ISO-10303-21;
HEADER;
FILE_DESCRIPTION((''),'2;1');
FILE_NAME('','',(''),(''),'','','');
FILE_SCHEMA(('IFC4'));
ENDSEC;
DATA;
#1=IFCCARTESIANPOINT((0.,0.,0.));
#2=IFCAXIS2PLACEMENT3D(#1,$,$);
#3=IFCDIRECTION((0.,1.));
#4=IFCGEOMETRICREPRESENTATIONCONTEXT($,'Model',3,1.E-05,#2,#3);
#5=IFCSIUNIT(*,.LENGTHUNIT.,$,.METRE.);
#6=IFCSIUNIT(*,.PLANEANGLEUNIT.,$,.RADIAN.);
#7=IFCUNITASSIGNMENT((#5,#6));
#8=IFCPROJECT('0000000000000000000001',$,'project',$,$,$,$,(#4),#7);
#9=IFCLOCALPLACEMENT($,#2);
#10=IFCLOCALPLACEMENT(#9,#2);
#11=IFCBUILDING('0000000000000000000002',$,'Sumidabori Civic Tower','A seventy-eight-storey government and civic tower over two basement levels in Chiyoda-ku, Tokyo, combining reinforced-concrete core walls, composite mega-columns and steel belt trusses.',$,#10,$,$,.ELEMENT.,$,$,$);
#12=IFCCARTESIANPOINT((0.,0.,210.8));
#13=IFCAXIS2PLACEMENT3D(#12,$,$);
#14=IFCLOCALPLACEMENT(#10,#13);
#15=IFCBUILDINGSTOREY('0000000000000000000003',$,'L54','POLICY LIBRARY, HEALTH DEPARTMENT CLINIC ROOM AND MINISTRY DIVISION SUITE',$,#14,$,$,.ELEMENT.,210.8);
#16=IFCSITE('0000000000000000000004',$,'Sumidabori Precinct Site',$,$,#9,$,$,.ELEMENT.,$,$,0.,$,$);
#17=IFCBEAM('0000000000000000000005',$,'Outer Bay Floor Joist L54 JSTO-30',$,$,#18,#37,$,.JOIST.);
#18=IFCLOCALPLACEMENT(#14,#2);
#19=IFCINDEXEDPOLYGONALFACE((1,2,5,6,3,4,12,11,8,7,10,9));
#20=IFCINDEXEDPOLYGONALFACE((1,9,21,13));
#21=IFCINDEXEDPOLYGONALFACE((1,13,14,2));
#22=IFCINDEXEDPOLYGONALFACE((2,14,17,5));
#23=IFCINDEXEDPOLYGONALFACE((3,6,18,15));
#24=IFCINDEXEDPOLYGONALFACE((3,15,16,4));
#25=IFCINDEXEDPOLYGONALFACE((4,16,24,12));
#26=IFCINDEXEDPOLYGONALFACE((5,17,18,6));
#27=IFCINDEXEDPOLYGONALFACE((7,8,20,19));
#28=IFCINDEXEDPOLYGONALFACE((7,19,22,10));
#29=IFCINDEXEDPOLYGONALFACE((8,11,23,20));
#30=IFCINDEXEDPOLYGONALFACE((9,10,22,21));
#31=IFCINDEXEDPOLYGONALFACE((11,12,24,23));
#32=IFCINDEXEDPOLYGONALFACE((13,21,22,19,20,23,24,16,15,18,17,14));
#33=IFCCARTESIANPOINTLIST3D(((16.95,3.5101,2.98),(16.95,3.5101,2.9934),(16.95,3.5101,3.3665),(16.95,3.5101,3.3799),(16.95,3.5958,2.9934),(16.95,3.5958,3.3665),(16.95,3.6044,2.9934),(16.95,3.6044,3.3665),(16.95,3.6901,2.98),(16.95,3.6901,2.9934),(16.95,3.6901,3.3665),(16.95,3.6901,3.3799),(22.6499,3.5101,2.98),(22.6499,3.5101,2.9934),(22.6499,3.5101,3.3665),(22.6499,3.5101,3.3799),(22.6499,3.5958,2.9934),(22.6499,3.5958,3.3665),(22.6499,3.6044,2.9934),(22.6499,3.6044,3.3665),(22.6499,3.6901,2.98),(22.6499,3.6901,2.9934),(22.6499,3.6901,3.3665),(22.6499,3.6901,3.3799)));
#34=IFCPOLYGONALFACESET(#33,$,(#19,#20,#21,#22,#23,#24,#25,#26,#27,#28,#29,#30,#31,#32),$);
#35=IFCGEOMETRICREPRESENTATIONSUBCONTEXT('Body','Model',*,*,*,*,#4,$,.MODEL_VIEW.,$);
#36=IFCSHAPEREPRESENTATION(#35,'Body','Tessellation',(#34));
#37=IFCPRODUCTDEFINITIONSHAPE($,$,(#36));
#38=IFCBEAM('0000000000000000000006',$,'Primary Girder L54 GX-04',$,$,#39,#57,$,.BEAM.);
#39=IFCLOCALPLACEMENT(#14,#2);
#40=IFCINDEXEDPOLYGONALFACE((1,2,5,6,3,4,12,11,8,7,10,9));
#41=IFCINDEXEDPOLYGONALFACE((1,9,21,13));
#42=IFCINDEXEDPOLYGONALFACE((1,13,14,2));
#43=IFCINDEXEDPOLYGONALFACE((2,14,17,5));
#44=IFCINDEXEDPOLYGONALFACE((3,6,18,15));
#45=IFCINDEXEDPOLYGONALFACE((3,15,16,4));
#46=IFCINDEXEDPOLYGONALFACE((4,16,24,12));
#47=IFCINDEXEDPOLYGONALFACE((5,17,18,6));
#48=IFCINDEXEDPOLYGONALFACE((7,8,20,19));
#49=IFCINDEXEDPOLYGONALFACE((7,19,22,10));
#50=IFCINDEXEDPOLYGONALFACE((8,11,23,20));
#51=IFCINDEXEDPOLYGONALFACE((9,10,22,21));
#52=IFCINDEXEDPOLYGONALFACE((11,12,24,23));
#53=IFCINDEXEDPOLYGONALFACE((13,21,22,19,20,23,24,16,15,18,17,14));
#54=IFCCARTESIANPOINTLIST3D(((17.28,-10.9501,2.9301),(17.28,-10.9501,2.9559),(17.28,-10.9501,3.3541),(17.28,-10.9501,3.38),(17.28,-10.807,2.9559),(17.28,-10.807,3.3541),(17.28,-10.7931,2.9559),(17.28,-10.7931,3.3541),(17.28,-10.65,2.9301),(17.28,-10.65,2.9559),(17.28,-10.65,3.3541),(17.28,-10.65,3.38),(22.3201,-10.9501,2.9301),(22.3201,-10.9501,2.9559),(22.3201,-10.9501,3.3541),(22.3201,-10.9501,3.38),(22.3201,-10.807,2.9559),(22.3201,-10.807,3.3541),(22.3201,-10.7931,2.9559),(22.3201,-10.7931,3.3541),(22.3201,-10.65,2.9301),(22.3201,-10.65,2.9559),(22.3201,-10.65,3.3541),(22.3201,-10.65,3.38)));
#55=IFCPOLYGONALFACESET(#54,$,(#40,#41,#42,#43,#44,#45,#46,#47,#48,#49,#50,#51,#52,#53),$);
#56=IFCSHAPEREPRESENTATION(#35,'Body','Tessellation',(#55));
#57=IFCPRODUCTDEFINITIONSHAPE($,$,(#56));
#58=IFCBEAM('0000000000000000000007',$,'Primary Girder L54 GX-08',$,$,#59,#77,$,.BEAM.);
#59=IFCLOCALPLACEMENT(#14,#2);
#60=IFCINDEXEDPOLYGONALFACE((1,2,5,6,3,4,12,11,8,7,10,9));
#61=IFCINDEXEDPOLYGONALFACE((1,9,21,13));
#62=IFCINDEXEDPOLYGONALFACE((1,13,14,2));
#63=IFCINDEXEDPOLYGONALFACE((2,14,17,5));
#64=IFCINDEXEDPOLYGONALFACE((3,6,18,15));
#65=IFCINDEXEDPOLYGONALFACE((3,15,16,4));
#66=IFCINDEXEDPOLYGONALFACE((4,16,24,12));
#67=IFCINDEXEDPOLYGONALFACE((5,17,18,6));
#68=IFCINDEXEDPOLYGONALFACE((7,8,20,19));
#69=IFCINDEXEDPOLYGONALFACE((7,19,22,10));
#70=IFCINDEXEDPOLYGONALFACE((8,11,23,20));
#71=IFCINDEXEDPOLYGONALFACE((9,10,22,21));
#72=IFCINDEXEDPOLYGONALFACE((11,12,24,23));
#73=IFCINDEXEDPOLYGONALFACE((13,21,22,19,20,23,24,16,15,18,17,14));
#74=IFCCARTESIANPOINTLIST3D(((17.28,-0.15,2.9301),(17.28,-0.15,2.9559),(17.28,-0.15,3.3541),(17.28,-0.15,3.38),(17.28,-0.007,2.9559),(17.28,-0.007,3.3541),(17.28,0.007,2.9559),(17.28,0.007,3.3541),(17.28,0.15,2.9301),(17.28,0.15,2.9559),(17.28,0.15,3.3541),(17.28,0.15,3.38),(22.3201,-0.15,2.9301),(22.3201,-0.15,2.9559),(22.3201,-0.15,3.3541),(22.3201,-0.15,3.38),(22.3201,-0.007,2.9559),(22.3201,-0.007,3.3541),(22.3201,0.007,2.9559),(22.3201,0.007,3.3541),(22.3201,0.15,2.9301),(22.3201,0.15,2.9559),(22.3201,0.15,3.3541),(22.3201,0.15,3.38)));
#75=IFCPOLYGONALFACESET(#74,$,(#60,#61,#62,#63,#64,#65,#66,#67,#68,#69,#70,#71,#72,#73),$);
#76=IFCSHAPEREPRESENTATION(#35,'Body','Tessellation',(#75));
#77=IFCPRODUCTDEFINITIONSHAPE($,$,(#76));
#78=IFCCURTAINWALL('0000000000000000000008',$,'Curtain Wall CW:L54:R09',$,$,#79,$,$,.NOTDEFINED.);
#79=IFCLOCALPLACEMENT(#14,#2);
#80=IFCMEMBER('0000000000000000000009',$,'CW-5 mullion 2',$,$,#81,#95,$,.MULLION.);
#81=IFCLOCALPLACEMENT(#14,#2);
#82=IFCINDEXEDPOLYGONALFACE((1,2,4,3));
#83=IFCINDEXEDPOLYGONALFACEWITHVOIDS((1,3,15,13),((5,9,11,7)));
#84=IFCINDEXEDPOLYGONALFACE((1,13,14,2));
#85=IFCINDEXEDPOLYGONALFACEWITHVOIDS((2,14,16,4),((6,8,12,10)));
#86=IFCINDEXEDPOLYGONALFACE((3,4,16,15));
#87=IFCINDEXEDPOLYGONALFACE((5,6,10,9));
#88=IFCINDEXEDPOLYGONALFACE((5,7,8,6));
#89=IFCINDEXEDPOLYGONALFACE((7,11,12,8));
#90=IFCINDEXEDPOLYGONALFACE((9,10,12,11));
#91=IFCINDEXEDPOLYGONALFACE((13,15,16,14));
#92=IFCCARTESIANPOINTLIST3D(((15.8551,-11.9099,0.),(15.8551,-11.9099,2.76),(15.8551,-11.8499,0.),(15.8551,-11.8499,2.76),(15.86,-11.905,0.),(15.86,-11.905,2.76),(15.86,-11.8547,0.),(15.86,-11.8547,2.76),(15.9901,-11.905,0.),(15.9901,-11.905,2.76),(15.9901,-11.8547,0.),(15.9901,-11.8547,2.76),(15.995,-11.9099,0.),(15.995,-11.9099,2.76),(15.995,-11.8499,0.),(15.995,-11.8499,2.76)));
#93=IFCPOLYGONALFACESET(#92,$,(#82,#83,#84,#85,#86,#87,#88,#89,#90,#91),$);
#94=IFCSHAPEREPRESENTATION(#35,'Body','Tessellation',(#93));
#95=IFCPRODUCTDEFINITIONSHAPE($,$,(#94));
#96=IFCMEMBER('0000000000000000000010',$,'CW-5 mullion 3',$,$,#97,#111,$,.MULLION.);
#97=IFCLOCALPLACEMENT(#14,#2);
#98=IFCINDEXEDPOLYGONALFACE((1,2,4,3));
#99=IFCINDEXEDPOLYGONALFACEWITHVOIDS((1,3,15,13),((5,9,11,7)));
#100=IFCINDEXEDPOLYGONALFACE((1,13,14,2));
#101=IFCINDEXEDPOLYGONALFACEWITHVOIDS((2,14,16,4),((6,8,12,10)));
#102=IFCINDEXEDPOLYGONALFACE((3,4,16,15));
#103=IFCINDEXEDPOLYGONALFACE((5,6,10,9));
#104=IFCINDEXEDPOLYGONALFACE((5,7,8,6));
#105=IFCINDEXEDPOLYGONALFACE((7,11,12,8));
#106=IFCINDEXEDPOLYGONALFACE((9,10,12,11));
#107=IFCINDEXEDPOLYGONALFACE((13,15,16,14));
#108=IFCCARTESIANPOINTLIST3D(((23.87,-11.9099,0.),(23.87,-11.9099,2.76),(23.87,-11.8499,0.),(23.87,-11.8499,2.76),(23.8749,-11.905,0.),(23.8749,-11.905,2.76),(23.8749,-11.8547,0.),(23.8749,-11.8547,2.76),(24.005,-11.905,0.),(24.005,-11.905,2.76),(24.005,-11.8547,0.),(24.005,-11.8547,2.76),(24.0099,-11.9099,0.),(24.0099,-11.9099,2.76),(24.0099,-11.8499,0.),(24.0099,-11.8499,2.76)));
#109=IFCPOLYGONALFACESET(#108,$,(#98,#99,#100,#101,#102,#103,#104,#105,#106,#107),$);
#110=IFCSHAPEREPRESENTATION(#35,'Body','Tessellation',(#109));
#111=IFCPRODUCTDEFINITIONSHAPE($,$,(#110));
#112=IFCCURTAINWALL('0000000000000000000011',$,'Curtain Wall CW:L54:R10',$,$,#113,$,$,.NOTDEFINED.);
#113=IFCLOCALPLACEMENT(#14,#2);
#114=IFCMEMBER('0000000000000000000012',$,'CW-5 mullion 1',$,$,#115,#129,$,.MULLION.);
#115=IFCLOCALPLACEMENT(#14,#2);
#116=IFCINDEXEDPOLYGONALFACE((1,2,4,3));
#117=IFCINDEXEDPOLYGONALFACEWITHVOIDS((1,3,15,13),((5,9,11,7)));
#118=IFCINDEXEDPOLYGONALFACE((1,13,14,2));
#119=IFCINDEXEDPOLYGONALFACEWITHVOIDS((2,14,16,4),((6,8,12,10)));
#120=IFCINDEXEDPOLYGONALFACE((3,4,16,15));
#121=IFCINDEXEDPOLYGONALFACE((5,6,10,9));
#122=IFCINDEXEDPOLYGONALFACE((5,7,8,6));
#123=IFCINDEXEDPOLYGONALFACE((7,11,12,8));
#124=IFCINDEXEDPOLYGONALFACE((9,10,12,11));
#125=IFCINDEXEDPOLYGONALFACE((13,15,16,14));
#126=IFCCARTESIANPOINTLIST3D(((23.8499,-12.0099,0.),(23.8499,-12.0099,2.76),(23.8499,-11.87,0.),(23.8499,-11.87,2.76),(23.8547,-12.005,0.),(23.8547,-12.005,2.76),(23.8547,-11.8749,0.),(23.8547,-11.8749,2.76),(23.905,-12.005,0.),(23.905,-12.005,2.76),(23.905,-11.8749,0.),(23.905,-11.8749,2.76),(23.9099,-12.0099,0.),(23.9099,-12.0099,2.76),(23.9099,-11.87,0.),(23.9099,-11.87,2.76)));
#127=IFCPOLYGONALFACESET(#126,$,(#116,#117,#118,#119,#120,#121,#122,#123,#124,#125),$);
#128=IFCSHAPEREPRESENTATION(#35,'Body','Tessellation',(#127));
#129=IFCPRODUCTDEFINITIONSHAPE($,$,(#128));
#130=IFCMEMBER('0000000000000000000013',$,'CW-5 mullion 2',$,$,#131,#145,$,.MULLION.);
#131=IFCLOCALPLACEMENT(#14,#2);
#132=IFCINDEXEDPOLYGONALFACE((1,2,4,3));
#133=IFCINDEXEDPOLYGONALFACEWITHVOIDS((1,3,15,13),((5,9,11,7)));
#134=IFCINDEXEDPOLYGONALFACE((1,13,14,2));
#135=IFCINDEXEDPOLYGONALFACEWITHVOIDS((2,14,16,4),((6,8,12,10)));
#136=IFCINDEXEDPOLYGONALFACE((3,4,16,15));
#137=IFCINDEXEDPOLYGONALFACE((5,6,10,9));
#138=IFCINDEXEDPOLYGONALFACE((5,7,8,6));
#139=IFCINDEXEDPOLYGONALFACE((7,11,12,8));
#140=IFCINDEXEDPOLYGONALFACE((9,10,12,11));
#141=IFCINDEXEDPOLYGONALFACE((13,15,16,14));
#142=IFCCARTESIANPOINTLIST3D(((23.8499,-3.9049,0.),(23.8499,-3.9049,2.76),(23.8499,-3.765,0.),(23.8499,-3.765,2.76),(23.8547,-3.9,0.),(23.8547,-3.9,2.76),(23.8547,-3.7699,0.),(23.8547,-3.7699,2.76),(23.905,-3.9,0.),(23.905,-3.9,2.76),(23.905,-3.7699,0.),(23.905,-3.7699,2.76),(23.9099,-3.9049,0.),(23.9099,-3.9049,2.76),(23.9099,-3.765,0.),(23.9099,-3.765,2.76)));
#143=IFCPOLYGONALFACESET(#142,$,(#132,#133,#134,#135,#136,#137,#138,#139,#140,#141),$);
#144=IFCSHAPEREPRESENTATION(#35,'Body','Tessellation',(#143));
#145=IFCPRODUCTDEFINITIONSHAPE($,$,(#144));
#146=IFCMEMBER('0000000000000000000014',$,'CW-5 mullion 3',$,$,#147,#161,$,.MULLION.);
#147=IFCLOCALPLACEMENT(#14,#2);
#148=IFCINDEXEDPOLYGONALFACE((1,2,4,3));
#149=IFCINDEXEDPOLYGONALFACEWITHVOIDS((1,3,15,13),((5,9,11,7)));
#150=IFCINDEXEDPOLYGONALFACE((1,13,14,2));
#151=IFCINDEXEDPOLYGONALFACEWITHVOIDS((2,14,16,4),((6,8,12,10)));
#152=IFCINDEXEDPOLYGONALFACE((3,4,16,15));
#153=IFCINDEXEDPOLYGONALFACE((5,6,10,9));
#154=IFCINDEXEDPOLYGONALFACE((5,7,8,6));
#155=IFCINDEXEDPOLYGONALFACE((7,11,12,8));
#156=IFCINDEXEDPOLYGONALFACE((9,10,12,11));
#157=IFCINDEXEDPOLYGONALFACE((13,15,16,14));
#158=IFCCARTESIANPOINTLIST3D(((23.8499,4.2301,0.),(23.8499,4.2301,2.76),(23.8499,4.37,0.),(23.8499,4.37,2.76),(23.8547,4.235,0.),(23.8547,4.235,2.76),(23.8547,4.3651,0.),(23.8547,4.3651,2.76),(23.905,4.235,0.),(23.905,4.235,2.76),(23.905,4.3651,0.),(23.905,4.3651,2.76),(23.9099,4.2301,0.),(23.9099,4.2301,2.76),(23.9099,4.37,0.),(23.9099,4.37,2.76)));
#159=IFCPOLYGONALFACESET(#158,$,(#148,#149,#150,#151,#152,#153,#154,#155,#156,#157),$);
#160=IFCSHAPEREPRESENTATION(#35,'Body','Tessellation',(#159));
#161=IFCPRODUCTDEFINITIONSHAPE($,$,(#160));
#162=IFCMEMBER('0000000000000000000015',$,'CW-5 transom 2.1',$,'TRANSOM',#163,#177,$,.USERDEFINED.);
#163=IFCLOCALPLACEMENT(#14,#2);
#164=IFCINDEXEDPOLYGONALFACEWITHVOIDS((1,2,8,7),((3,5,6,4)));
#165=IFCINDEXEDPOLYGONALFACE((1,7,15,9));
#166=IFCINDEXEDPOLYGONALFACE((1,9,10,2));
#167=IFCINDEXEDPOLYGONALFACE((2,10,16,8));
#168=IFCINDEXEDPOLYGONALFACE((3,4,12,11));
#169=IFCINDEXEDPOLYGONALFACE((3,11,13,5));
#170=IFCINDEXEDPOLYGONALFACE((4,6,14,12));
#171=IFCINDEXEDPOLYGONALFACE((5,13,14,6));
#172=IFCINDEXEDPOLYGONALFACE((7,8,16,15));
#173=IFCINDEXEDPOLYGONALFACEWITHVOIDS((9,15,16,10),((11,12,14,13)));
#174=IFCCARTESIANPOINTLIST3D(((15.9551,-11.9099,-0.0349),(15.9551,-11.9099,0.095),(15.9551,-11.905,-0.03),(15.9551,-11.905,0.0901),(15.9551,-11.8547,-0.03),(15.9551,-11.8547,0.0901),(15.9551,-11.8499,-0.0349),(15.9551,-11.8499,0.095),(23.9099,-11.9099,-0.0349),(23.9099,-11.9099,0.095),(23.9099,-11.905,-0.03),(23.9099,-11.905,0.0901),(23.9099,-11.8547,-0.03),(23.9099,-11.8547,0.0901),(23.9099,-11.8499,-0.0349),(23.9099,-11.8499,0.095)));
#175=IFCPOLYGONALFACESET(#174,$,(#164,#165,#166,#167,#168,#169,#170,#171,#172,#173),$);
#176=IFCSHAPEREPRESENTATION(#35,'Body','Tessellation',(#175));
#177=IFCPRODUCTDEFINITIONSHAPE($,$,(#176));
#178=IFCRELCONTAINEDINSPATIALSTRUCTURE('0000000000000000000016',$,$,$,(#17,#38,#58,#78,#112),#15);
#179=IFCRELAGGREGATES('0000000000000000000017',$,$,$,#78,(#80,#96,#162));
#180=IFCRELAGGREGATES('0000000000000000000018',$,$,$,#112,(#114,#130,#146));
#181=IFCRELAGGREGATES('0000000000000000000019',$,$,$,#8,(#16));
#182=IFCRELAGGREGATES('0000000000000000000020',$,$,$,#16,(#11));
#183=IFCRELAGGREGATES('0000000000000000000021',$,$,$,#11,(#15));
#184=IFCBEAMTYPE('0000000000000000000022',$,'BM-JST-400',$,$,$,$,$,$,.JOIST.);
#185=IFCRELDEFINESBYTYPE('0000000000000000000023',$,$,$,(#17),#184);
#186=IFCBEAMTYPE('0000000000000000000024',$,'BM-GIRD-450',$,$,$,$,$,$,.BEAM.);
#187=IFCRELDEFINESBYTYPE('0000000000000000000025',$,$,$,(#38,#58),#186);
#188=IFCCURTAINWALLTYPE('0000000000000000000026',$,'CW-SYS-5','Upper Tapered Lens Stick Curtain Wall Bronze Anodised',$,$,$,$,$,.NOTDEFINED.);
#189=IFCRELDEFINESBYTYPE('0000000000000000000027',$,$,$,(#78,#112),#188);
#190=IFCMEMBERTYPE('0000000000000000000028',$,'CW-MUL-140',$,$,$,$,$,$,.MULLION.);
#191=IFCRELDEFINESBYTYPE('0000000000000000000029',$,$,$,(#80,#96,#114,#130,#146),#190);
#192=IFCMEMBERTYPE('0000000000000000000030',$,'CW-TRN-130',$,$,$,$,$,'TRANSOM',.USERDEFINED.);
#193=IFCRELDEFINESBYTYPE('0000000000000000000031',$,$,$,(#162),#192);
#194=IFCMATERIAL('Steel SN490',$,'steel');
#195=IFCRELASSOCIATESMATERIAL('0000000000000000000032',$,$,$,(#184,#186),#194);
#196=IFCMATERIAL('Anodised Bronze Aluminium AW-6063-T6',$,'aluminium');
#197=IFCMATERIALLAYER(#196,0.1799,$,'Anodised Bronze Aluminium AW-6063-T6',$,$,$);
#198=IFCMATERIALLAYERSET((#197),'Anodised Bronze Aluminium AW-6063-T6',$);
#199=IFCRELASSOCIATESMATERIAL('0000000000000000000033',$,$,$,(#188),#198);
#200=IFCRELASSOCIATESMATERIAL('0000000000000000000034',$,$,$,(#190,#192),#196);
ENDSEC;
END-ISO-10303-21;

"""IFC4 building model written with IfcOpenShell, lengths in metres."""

from ifc_helpers import new_model, si_unit, direction, frame, origin, origin_2d, place, context, subcontext, project, spatial, hollow_rectangle, i_section, extrude, source, transform, mapped, material, layer, layer_set, material_profile, profile_set, type_object, element, aggregate, save


model = new_model("IFC4")

# Units and contexts
model_context = context("Model", 3, precision=1e-05, world=origin(), true_north=direction((0.0, 1.0)))
body_context = subcontext(model_context, "Body", "Model", "MODEL_VIEW")
ifc_project = project(units=[si_unit("LENGTHUNIT", "METRE"), si_unit("PLANEANGLEUNIT", "RADIAN")], contexts=[model_context])

# Site, building, storey
site_placement = place(None, origin())
site = spatial("IfcSite", under=ifc_project, at=site_placement, Name="Sumidabori Precinct Site", CompositionType="ELEMENT", RefElevation=0.0)
building_placement = place(site_placement, origin())
building = spatial("IfcBuilding", under=site, at=building_placement, Name="Sumidabori Civic Tower", Description="A seventy-eight-storey government and civic tower over two basement levels in Chiyoda-ku, Tokyo, combining reinforced-concrete core walls, composite mega-columns and steel belt trusses.", CompositionType="ELEMENT")
storey_placement = place(building_placement, frame((0.0, 0.0, 210.8)))
storey = spatial("IfcBuildingStorey", under=building, at=storey_placement, Name="L54", Description="POLICY LIBRARY, HEALTH DEPARTMENT CLINIC ROOM AND MINISTRY DIVISION SUITE", CompositionType="ELEMENT", Elevation=210.8)

# Beams
ifc_material_1 = material(Name="Steel SN490", Category="steel")
ifc_material_profile_1 = material_profile(ifc_material_1, i_section(OverallWidth=0.1799, OverallDepth=0.3999, WebThickness=0.0085, FlangeThickness=0.0134, at=origin_2d()), Name="IPE 400")
ifc_profile_set_1 = profile_set([ifc_material_profile_1], Name="Steel SN490")
beam_type_1 = type_object("IfcBeamType", Name="BM-JST-400", PredefinedType="JOIST", material=ifc_profile_set_1)
shared_shape_1 = source(origin(), body_context, "Body", "SweptSolid", [
    extrude(i_section(OverallWidth=0.1799, OverallDepth=0.3999, WebThickness=0.0085, FlangeThickness=0.0134, at=origin_2d()), origin(), (0.0, 0.0, 1.0), 5.7),
])
for number, where, z_axis, x_axis, name in (
    (1, (16.95, 3.6001, 3.1799), (1.0, 0.0, 0.0), (0.0, 1.0, 0.0), "Outer Bay Floor Joist L54 JSTO-30"),
):
    element("IfcBeam", number, at=place(storey_placement, frame(where, z_axis=z_axis, x_axis=x_axis)), inside=storey, type_object=beam_type_1, Name=name, PredefinedType="JOIST", context=body_context, shape_type="MappedRepresentation", body=[
        mapped(shared_shape_1, transform((0.0, 0.0, 0.0), x_axis=(1.0, 0.0, 0.0), y_axis=(0.0, 1.0, 0.0), z_axis=(0.0, 0.0, 1.0), scale=1.0)),
    ])
ifc_material_profile_2 = material_profile(ifc_material_1, i_section(OverallWidth=0.3, OverallDepth=0.45, WebThickness=0.0139, FlangeThickness=0.0259, at=origin_2d()), Name="HE 450 B")
ifc_profile_set_2 = profile_set([ifc_material_profile_2], Name="Steel SN490")
beam_type_2 = type_object("IfcBeamType", Name="BM-GIRD-450", PredefinedType="BEAM", material=ifc_profile_set_2)
shared_shape_2 = source(origin(), body_context, "Body", "SweptSolid", [
    extrude(i_section(OverallWidth=0.3, OverallDepth=0.45, WebThickness=0.0139, FlangeThickness=0.0259, at=origin_2d()), origin(), (0.0, 0.0, 1.0), 5.04),
])
for number, where, z_axis, x_axis, name in (
    (2, (17.28, -10.8, 3.155), (1.0, 0.0, 0.0), (0.0, 1.0, 0.0), "Primary Girder L54 GX-04"),
    (3, (17.28, 0.0, 3.155), (1.0, 0.0, 0.0), (0.0, 1.0, 0.0), "Primary Girder L54 GX-08"),
):
    element("IfcBeam", number, at=place(storey_placement, frame(where, z_axis=z_axis, x_axis=x_axis)), inside=storey, type_object=beam_type_2, Name=name, PredefinedType="BEAM", context=body_context, shape_type="MappedRepresentation", body=[
        mapped(shared_shape_2, transform((0.0, 0.0, 0.0), x_axis=(1.0, 0.0, 0.0), y_axis=(0.0, 1.0, 0.0), z_axis=(0.0, 0.0, 1.0), scale=1.0)),
    ])

# Curtain walls, members
ifc_material_2 = material(Name="Anodised Bronze Aluminium AW-6063-T6", Category="aluminium")
ifc_layer_1 = layer(ifc_material_2, 0.1799, Name="Anodised Bronze Aluminium AW-6063-T6")
ifc_layer_set_1 = layer_set([ifc_layer_1], Name="Anodised Bronze Aluminium AW-6063-T6")
curtain_wall_type = type_object("IfcCurtainWallType", Name="CW-SYS-5", Description="Upper Tapered Lens Stick Curtain Wall Bronze Anodised", PredefinedType="NOTDEFINED", material=ifc_layer_set_1)
curtain_wall_1_placement = place(storey_placement, origin())
curtain_wall_1 = element("IfcCurtainWall", 4, at=curtain_wall_1_placement, inside=storey, type_object=curtain_wall_type, Name="Curtain Wall CW:L54:R09", PredefinedType="NOTDEFINED")
ifc_material_profile_3 = material_profile(ifc_material_2, hollow_rectangle(XDim=0.0601, YDim=0.1399, WallThickness=0.0049, at=origin_2d()), Name="ALU MULLION 140x60")
ifc_profile_set_3 = profile_set([ifc_material_profile_3], Name="Anodised Bronze Aluminium AW-6063-T6")
member_type_1 = type_object("IfcMemberType", Name="CW-MUL-140", PredefinedType="MULLION", material=ifc_profile_set_3)
shared_shape_3 = source(origin(), body_context, "Body", "SweptSolid", [
    extrude(hollow_rectangle(XDim=0.0601, YDim=0.1399, WallThickness=0.0049, at=origin_2d()), origin(), (0.0, 0.0, 1.0), 2.76),
])
member_1_placement = place(storey_placement, frame((15.925, -11.8799, 0.0), z_axis=(0.0, 0.0, 1.0), x_axis=(0.0, 1.0, 0.0)))
member_1 = element("IfcMember", 5, at=member_1_placement, type_object=member_type_1, Name="CW-5 mullion 2", PredefinedType="MULLION", context=body_context, shape_type="MappedRepresentation", body=[
    mapped(shared_shape_3, transform((0.0, 0.0, 0.0), x_axis=(1.0, 0.0, 0.0), y_axis=(0.0, 1.0, 0.0), z_axis=(0.0, 0.0, 1.0), scale=1.0)),
])
member_2_placement = place(storey_placement, frame((23.9399, -11.8799, 0.0), z_axis=(0.0, 0.0, 1.0), x_axis=(0.0, 1.0, 0.0)))
member_2 = element("IfcMember", 6, at=member_2_placement, type_object=member_type_1, Name="CW-5 mullion 3", PredefinedType="MULLION", context=body_context, shape_type="MappedRepresentation", body=[
    mapped(shared_shape_3, transform((0.0, 0.0, 0.0), x_axis=(1.0, 0.0, 0.0), y_axis=(0.0, 1.0, 0.0), z_axis=(0.0, 0.0, 1.0), scale=1.0)),
])
curtain_wall_2_placement = place(storey_placement, origin())
curtain_wall_2 = element("IfcCurtainWall", 7, at=curtain_wall_2_placement, inside=storey, type_object=curtain_wall_type, Name="Curtain Wall CW:L54:R10", PredefinedType="NOTDEFINED")
member_3_placement = place(storey_placement, frame((23.8799, -11.9399, 0.0), z_axis=(0.0, 0.0, 1.0), x_axis=(-1.0, 0.0, 0.0)))
member_3 = element("IfcMember", 8, at=member_3_placement, type_object=member_type_1, Name="CW-5 mullion 1", PredefinedType="MULLION", context=body_context, shape_type="MappedRepresentation", body=[
    mapped(shared_shape_3, transform((0.0, 0.0, 0.0), x_axis=(1.0, 0.0, 0.0), y_axis=(0.0, 1.0, 0.0), z_axis=(0.0, 0.0, 1.0), scale=1.0)),
])
member_4_placement = place(storey_placement, frame((23.8799, -3.835, 0.0), z_axis=(0.0, 0.0, 1.0), x_axis=(-1.0, 0.0, 0.0)))
member_4 = element("IfcMember", 9, at=member_4_placement, type_object=member_type_1, Name="CW-5 mullion 2", PredefinedType="MULLION", context=body_context, shape_type="MappedRepresentation", body=[
    mapped(shared_shape_3, transform((0.0, 0.0, 0.0), x_axis=(1.0, 0.0, 0.0), y_axis=(0.0, 1.0, 0.0), z_axis=(0.0, 0.0, 1.0), scale=1.0)),
])
member_5_placement = place(storey_placement, frame((23.8799, 4.3, 0.0), z_axis=(0.0, 0.0, 1.0), x_axis=(-1.0, 0.0, 0.0)))
member_5 = element("IfcMember", 10, at=member_5_placement, type_object=member_type_1, Name="CW-5 mullion 3", PredefinedType="MULLION", context=body_context, shape_type="MappedRepresentation", body=[
    mapped(shared_shape_3, transform((0.0, 0.0, 0.0), x_axis=(1.0, 0.0, 0.0), y_axis=(0.0, 1.0, 0.0), z_axis=(0.0, 0.0, 1.0), scale=1.0)),
])

# Member
ifc_material_profile_4 = material_profile(ifc_material_2, hollow_rectangle(XDim=0.0601, YDim=0.1299, WallThickness=0.0049, at=origin_2d()), Name="ALU TRANSOM 130x60")
ifc_profile_set_4 = profile_set([ifc_material_profile_4], Name="Anodised Bronze Aluminium AW-6063-T6")
member_type_2 = type_object("IfcMemberType", Name="CW-TRN-130", ElementType="TRANSOM", PredefinedType="USERDEFINED", material=ifc_profile_set_4)
shared_shape_4 = source(origin(), body_context, "Body", "SweptSolid", [
    extrude(hollow_rectangle(XDim=0.0601, YDim=0.1299, WallThickness=0.0049, at=origin_2d()), origin(), (0.0, 0.0, 1.0), 7.9548),
])
member_6_placement = place(storey_placement, frame((15.9551, -11.8799, 0.03), z_axis=(1.0, 0.0, 0.0), x_axis=(0.0, 1.0, 0.0)))
member_6 = element("IfcMember", 11, at=member_6_placement, type_object=member_type_2, Name="CW-5 transom 2.1", ObjectType="TRANSOM", PredefinedType="USERDEFINED", context=body_context, shape_type="MappedRepresentation", body=[
    mapped(shared_shape_4, transform((0.0, 0.0, 0.0), x_axis=(1.0, 0.0, 0.0), y_axis=(0.0, 1.0, 0.0), z_axis=(0.0, 0.0, 1.0), scale=1.0)),
])

aggregate(curtain_wall_1, [member_1, member_2, member_6])
aggregate(curtain_wall_2, [member_3, member_4, member_5])

save(model, "model.ifc")
